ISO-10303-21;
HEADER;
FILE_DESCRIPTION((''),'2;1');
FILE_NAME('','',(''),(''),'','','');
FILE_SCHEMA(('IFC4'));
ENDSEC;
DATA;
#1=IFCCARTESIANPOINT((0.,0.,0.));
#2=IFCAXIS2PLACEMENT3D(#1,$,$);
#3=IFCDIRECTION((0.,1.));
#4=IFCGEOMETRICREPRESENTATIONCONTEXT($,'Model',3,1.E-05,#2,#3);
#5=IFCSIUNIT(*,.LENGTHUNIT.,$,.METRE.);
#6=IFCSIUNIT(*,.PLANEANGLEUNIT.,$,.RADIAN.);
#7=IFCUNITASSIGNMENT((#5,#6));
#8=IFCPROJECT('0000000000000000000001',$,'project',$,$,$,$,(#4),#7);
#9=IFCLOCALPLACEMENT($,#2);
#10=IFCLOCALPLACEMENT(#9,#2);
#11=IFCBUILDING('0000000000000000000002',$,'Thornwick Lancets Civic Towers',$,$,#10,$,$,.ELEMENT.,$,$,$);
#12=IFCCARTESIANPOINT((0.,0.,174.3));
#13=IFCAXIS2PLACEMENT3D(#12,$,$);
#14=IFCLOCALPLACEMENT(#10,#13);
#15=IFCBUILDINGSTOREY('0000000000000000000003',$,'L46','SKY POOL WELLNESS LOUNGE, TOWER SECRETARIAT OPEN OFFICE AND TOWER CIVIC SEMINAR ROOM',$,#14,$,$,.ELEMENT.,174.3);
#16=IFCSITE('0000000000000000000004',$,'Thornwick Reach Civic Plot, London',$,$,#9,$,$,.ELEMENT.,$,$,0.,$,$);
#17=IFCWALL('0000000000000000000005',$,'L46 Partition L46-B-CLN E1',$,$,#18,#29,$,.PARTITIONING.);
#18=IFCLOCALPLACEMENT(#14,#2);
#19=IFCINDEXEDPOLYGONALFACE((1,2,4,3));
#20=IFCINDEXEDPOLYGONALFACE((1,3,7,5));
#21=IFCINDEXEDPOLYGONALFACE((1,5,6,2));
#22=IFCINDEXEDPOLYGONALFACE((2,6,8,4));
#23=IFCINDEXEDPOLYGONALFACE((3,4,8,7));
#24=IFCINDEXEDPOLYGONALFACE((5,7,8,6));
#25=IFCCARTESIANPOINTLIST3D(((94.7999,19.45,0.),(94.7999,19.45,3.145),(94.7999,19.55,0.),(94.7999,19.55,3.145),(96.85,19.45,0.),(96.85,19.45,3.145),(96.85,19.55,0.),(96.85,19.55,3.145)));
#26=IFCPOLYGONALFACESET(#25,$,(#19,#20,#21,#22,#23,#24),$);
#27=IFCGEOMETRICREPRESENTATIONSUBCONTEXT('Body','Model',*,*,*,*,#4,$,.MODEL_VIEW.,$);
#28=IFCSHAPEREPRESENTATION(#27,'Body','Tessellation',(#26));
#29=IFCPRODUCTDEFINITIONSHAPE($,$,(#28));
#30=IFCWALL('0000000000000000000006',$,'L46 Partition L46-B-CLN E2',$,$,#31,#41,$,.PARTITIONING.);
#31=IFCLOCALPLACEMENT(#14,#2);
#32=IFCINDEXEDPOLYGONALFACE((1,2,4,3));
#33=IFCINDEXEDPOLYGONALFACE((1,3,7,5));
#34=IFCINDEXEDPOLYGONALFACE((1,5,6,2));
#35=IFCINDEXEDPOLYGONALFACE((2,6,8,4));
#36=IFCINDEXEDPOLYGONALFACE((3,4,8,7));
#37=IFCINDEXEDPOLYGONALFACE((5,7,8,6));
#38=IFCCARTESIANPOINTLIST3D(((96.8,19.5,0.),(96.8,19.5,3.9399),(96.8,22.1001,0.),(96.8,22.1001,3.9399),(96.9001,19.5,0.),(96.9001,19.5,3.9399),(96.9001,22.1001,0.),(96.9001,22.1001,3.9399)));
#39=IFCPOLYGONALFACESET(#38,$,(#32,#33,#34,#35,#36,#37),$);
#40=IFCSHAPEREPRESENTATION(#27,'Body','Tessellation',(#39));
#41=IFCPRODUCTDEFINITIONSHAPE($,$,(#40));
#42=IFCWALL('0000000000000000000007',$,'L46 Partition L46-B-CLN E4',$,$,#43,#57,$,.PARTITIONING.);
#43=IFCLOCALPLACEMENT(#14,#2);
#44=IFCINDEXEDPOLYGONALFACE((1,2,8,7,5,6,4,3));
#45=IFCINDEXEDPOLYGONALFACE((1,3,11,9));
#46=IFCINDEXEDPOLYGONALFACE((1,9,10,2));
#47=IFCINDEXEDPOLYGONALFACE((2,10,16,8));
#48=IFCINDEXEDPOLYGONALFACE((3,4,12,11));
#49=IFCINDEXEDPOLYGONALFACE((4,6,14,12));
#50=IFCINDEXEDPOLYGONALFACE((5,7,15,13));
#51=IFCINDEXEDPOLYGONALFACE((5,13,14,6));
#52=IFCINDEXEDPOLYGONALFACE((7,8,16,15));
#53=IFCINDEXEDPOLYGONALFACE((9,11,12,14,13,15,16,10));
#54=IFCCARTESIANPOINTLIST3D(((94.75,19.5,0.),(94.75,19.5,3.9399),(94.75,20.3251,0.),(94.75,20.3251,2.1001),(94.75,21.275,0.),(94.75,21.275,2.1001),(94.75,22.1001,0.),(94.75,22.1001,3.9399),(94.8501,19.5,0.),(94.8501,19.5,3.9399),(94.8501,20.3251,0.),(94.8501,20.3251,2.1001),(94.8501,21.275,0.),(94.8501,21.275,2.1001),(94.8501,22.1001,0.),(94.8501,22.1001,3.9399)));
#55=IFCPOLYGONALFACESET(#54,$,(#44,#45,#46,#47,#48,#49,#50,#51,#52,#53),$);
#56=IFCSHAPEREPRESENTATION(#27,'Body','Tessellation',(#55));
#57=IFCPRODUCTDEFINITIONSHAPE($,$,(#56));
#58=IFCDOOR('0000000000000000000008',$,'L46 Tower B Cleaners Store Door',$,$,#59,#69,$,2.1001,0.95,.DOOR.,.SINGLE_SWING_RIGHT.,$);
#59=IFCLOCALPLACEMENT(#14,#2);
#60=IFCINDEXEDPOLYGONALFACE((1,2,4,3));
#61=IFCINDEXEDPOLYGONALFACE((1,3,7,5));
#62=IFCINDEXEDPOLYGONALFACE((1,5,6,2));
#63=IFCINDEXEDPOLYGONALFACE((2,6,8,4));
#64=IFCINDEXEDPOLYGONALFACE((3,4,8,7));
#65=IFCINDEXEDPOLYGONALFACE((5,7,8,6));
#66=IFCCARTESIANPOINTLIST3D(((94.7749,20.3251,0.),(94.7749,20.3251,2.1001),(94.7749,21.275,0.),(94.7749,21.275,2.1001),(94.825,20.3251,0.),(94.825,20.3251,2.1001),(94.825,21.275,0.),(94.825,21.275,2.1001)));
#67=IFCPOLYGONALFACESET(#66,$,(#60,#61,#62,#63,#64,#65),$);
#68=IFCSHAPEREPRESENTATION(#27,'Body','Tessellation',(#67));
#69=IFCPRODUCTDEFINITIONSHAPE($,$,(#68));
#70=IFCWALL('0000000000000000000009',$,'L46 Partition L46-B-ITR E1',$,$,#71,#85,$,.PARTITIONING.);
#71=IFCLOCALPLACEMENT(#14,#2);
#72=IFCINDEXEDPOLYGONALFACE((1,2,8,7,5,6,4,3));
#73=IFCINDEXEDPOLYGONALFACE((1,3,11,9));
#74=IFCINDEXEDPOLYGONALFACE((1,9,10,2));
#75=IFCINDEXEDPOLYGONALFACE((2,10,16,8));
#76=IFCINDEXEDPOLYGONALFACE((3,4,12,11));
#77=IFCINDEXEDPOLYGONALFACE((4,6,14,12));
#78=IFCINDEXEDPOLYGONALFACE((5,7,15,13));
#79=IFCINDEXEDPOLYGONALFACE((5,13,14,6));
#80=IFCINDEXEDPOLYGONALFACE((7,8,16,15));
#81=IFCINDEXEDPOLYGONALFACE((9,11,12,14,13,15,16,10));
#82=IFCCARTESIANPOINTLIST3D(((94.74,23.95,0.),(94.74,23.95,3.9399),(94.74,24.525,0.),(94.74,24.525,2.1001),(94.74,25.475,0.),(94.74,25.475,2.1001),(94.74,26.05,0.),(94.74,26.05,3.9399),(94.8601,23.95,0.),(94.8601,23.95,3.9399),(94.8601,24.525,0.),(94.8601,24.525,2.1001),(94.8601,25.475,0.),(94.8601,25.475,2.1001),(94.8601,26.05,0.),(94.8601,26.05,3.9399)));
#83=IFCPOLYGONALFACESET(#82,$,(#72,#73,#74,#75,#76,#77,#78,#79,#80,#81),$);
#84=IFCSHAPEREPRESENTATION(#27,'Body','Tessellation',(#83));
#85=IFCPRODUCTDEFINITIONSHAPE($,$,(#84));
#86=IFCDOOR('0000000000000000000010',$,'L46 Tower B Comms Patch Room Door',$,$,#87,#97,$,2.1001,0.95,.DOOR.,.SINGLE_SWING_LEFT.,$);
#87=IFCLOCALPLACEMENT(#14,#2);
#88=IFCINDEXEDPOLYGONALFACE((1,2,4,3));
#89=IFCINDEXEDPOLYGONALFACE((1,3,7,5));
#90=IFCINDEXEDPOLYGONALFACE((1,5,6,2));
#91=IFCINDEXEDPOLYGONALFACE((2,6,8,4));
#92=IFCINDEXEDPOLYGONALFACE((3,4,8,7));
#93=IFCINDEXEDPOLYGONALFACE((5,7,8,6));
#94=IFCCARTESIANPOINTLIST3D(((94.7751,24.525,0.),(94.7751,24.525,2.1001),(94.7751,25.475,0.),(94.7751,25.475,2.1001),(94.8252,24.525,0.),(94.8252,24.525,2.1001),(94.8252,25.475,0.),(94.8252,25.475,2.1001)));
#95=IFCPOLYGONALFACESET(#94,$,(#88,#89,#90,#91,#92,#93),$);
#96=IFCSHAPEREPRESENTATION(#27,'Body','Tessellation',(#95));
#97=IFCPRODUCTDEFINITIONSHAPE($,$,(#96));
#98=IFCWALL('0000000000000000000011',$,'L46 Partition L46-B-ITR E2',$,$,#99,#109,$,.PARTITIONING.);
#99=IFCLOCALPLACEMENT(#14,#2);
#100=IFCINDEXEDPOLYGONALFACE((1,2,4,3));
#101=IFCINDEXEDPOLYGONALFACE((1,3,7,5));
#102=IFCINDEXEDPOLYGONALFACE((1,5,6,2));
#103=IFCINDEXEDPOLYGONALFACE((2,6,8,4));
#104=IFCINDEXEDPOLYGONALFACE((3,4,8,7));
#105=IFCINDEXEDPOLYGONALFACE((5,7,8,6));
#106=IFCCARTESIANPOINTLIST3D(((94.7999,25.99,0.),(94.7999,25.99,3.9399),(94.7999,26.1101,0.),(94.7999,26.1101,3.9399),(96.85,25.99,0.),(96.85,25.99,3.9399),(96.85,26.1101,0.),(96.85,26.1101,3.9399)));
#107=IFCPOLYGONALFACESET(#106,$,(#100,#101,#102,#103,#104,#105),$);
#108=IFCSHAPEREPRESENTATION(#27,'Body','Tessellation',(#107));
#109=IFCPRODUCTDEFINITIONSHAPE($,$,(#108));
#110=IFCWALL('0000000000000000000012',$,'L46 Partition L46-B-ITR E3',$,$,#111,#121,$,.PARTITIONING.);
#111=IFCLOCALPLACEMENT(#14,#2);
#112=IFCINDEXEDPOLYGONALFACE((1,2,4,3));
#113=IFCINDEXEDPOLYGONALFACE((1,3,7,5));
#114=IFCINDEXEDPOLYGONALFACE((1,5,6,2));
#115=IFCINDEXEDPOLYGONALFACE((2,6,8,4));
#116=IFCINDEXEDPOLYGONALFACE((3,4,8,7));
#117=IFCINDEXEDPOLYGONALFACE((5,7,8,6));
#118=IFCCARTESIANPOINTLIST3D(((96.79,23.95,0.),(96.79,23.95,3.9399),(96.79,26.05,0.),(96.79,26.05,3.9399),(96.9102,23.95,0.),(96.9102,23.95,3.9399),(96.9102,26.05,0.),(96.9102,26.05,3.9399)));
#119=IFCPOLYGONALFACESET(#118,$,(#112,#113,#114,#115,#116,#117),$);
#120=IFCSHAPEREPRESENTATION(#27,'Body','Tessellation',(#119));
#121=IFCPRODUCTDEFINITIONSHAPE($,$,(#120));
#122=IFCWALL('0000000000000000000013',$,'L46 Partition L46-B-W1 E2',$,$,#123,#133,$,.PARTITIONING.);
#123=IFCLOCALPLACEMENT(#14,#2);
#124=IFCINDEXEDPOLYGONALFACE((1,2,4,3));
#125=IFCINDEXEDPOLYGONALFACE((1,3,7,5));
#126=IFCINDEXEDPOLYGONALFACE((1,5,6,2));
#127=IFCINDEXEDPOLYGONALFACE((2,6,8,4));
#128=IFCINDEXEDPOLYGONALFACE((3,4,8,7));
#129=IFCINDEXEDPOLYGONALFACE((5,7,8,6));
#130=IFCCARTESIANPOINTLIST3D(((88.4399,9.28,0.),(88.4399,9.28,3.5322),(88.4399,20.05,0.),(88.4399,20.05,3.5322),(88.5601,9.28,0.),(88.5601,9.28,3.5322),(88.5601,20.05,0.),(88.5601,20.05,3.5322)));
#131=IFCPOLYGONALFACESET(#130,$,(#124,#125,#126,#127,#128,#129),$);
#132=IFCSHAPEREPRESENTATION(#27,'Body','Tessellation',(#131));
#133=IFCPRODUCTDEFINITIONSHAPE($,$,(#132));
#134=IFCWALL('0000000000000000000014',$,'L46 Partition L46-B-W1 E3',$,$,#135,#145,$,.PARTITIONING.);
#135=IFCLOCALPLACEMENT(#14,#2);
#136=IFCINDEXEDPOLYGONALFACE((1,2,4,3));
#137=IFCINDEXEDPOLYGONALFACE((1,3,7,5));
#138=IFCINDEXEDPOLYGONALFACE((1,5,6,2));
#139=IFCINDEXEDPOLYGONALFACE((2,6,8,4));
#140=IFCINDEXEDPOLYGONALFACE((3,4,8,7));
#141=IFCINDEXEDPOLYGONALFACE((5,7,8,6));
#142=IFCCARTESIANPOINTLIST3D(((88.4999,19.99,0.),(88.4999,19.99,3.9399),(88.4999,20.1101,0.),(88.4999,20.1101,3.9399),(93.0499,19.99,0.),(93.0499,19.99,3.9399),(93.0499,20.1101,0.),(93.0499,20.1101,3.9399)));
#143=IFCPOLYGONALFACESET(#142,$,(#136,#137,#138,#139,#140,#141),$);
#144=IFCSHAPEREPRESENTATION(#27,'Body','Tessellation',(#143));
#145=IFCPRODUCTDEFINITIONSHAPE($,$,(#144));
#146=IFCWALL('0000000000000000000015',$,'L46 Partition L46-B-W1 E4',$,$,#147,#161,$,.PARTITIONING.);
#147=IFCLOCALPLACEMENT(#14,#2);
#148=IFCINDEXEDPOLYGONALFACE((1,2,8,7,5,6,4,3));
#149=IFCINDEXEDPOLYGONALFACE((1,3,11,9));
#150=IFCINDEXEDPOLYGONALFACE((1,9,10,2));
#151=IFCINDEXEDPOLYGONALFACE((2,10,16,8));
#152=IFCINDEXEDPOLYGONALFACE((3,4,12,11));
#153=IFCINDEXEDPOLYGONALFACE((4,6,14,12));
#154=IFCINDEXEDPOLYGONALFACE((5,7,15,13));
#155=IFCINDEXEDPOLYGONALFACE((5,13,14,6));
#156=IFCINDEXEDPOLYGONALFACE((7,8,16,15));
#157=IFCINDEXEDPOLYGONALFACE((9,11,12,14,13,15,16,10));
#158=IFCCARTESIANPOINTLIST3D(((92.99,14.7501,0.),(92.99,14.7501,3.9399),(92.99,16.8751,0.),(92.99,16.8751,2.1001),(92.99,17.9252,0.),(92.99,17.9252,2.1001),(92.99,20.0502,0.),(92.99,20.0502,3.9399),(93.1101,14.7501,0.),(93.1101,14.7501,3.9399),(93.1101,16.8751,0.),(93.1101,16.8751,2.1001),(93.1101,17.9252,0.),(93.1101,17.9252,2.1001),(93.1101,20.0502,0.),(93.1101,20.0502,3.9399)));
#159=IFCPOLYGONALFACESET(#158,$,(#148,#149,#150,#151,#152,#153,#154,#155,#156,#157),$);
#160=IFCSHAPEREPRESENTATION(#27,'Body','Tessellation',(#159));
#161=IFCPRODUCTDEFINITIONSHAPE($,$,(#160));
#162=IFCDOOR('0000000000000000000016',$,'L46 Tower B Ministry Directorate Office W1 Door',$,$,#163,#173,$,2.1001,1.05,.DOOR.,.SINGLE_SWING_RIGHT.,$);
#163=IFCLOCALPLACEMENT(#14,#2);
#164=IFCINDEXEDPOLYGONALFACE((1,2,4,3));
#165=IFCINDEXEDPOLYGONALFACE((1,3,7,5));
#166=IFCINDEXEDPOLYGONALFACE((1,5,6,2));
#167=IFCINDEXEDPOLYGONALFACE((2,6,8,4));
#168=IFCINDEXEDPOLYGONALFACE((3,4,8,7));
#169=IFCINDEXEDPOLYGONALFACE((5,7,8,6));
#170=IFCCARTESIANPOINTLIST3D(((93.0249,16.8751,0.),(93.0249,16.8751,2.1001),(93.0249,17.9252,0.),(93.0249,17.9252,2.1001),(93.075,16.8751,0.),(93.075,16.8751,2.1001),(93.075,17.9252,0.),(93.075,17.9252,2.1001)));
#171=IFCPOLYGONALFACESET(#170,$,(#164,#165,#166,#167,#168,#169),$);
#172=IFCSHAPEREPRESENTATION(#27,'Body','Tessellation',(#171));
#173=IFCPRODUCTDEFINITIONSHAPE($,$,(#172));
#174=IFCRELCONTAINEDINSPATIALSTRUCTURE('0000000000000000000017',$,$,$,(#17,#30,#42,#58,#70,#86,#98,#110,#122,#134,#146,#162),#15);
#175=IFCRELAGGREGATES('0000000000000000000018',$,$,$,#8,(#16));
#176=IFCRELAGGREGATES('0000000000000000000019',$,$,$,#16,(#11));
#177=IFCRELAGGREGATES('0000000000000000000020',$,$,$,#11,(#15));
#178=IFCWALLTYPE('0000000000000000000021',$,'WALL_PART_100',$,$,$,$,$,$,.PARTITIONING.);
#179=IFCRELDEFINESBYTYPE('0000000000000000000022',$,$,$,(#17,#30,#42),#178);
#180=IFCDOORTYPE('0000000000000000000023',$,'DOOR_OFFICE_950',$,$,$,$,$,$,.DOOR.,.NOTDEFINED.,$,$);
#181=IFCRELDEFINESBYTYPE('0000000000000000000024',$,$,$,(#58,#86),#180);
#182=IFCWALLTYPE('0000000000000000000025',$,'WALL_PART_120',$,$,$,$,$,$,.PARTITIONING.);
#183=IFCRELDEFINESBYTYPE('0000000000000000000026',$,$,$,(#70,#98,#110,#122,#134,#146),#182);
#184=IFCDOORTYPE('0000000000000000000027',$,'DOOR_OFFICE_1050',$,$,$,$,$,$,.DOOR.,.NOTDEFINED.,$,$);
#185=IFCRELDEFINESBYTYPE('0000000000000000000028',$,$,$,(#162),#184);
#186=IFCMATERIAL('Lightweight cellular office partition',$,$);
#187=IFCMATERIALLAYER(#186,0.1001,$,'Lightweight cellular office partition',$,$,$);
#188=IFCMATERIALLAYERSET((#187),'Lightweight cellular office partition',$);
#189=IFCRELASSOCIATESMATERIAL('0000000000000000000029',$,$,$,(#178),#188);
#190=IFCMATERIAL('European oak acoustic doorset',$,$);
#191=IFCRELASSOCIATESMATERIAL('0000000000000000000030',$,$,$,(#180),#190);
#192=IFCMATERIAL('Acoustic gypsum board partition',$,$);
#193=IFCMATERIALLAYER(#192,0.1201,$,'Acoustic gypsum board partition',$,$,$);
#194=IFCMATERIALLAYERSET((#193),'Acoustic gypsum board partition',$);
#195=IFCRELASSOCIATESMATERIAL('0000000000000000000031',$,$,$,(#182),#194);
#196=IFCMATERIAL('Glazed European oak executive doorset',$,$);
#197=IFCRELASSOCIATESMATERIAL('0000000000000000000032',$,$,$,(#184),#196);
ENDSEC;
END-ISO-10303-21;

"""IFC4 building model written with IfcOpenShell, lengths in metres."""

from ifc_helpers import new_model, si_unit, direction, frame, frame_2d, origin, place, context, subcontext, project, spatial, rectangle, extrude, material, layer, layer_set, type_object, element, fill, save


model = new_model("IFC4")

# Units and contexts
model_context = context("Model", 3, precision=1e-05, world=origin(), true_north=direction((0.0, 1.0)))
body_context = subcontext(model_context, "Body", "Model", "MODEL_VIEW")
ifc_project = project(units=[si_unit("LENGTHUNIT", "METRE"), si_unit("PLANEANGLEUNIT", "RADIAN")], contexts=[model_context])

# Site, building, storey
site_placement = place(None, origin())
site = spatial("IfcSite", under=ifc_project, at=site_placement, Name="Thornwick Reach Civic Plot, London", CompositionType="ELEMENT", RefElevation=0.0)
building_placement = place(site_placement, origin())
building = spatial("IfcBuilding", under=site, at=building_placement, Name="Thornwick Lancets Civic Towers", CompositionType="ELEMENT")
storey_placement = place(building_placement, frame((0.0, 0.0, 174.3)))
storey = spatial("IfcBuildingStorey", under=building, at=storey_placement, Name="L46", Description="SKY POOL WELLNESS LOUNGE, TOWER SECRETARIAT OPEN OFFICE AND TOWER CIVIC SEMINAR ROOM", CompositionType="ELEMENT", Elevation=174.3)

# Walls
ifc_material_1 = material(Name="Lightweight cellular office partition")
ifc_layer_1 = layer(ifc_material_1, 0.1001, Name="Lightweight cellular office partition")
ifc_layer_set_1 = layer_set([ifc_layer_1], Name="Lightweight cellular office partition")
wall_type_1 = type_object("IfcWallType", Name="WALL_PART_100", PredefinedType="PARTITIONING", material=ifc_layer_set_1)
wall_1_placement = place(storey_placement, frame((94.8, 19.5, 0.0), z_axis=(0.0, 0.0, 1.0), x_axis=(1.0, 0.0, 0.0)))
element("IfcWall", 1, at=wall_1_placement, inside=storey, type_object=wall_type_1, Name="L46 Partition L46-B-CLN E1", PredefinedType="PARTITIONING", context=body_context, shape_type="SweptSolid", body=[
    extrude(rectangle(XDim=2.05, YDim=0.1001, at=frame_2d((1.0249, 0.0))), origin(), (0.0, 0.0, 1.0), 3.145),
])
wall_2_placement = place(storey_placement, frame((96.8501, 19.5, 0.0), z_axis=(0.0, 0.0, 1.0), x_axis=(0.0, 1.0, 0.0)))
element("IfcWall", 2, at=wall_2_placement, inside=storey, type_object=wall_type_1, Name="L46 Partition L46-B-CLN E2", PredefinedType="PARTITIONING", context=body_context, shape_type="SweptSolid", body=[
    extrude(rectangle(XDim=2.6001, YDim=0.1001, at=frame_2d((1.3, 0.0))), origin(), (0.0, 0.0, 1.0), 3.9399),
])

# Walls, openings, doors
wall_3_placement = place(storey_placement, frame((94.8, 22.1001, 0.0), z_axis=(0.0, 0.0, 1.0), x_axis=(0.0, -1.0, 0.0)))
wall_3 = element("IfcWall", 3, at=wall_3_placement, inside=storey, type_object=wall_type_1, Name="L46 Partition L46-B-CLN E4", PredefinedType="PARTITIONING", context=body_context, shape_type="SweptSolid", body=[
    extrude(rectangle(XDim=2.6001, YDim=0.1001, at=frame_2d((1.3, 0.0))), origin(), (0.0, 0.0, 1.0), 3.9399),
])
opening_1_placement = place(wall_3_placement, frame((0.825, 0.0, 0.0)))
opening_1 = element("IfcOpeningElement", 4, at=opening_1_placement, cuts=wall_3, PredefinedType="OPENING", context=body_context, shape_type="SweptSolid", body=[
    extrude(rectangle(XDim=0.95, YDim=2.1001, at=frame_2d((0.4751, 1.05))), frame((0.0, 0.0601, 0.0), z_axis=(0.0, -1.0, 0.0), x_axis=(1.0, 0.0, 0.0)), (0.0, 0.0, 1.0), 0.1201),
])
ifc_material_2 = material(Name="European oak acoustic doorset")
door_type_1 = type_object("IfcDoorType", Name="DOOR_OFFICE_950", OperationType="NOTDEFINED", PredefinedType="DOOR", material=ifc_material_2)
door_1_placement = place(opening_1_placement, origin())
door_1 = element("IfcDoor", 5, at=door_1_placement, inside=storey, type_object=door_type_1, Name="L46 Tower B Cleaners Store Door", OperationType="SINGLE_SWING_RIGHT", OverallHeight=2.1001, OverallWidth=0.95, PredefinedType="DOOR", context=body_context, shape_type="SweptSolid", body=[
    extrude(rectangle(XDim=0.95, YDim=2.1001, at=frame_2d((0.4751, 1.05))), frame((0.0, 0.0249, 0.0), z_axis=(0.0, -1.0, 0.0), x_axis=(1.0, 0.0, 0.0)), (0.0, 0.0, 1.0), 0.05),
])
fill(opening_1, door_1)
ifc_material_3 = material(Name="Acoustic gypsum board partition")
ifc_layer_2 = layer(ifc_material_3, 0.1201, Name="Acoustic gypsum board partition")
ifc_layer_set_2 = layer_set([ifc_layer_2], Name="Acoustic gypsum board partition")
wall_type_2 = type_object("IfcWallType", Name="WALL_PART_120", PredefinedType="PARTITIONING", material=ifc_layer_set_2)
wall_4_placement = place(storey_placement, frame((94.8, 23.95, 0.0), z_axis=(0.0, 0.0, 1.0), x_axis=(0.0, 1.0, 0.0)))
wall_4 = element("IfcWall", 6, at=wall_4_placement, inside=storey, type_object=wall_type_2, Name="L46 Partition L46-B-ITR E1", PredefinedType="PARTITIONING", context=body_context, shape_type="SweptSolid", body=[
    extrude(rectangle(XDim=2.1001, YDim=0.1201, at=frame_2d((1.05, 0.0))), origin(), (0.0, 0.0, 1.0), 3.9399),
])
opening_2_placement = place(wall_4_placement, frame((0.575, 0.0, 0.0)))
opening_2 = element("IfcOpeningElement", 7, at=opening_2_placement, cuts=wall_4, PredefinedType="OPENING", context=body_context, shape_type="SweptSolid", body=[
    extrude(rectangle(XDim=0.95, YDim=2.1001, at=frame_2d((0.4751, 1.05))), frame((0.0, 0.0701, 0.0), z_axis=(0.0, -1.0, 0.0), x_axis=(1.0, 0.0, 0.0)), (0.0, 0.0, 1.0), 0.1401),
])
door_2_placement = place(opening_2_placement, origin())
door_2 = element("IfcDoor", 8, at=door_2_placement, inside=storey, type_object=door_type_1, Name="L46 Tower B Comms Patch Room Door", OperationType="SINGLE_SWING_LEFT", OverallHeight=2.1001, OverallWidth=0.95, PredefinedType="DOOR", context=body_context, shape_type="SweptSolid", body=[
    extrude(rectangle(XDim=0.95, YDim=2.1001, at=frame_2d((0.4751, 1.05))), frame((0.0, 0.0249, 0.0), z_axis=(0.0, -1.0, 0.0), x_axis=(1.0, 0.0, 0.0)), (0.0, 0.0, 1.0), 0.05),
])
fill(opening_2, door_2)

# Walls
wall_5_placement = place(storey_placement, frame((94.8, 26.05, 0.0), z_axis=(0.0, 0.0, 1.0), x_axis=(1.0, 0.0, 0.0)))
element("IfcWall", 9, at=wall_5_placement, inside=storey, type_object=wall_type_2, Name="L46 Partition L46-B-ITR E2", PredefinedType="PARTITIONING", context=body_context, shape_type="SweptSolid", body=[
    extrude(rectangle(XDim=2.05, YDim=0.1201, at=frame_2d((1.0249, 0.0))), origin(), (0.0, 0.0, 1.0), 3.9399),
])
wall_6_placement = place(storey_placement, frame((96.8501, 26.05, 0.0), z_axis=(0.0, 0.0, 1.0), x_axis=(0.0, -1.0, 0.0)))
element("IfcWall", 10, at=wall_6_placement, inside=storey, type_object=wall_type_2, Name="L46 Partition L46-B-ITR E3", PredefinedType="PARTITIONING", context=body_context, shape_type="SweptSolid", body=[
    extrude(rectangle(XDim=2.1001, YDim=0.1201, at=frame_2d((1.05, 0.0))), origin(), (0.0, 0.0, 1.0), 3.9399),
])
wall_7_placement = place(storey_placement, frame((88.5, 9.28, 0.0), z_axis=(0.0, 0.0, 1.0), x_axis=(0.0, 1.0, 0.0)))
element("IfcWall", 11, at=wall_7_placement, inside=storey, type_object=wall_type_2, Name="L46 Partition L46-B-W1 E2", PredefinedType="PARTITIONING", context=body_context, shape_type="SweptSolid", body=[
    extrude(rectangle(XDim=10.77, YDim=0.1201, at=frame_2d((5.385, 0.0))), origin(), (0.0, 0.0, 1.0), 3.5322),
])
wall_8_placement = place(storey_placement, frame((88.5, 20.05, 0.0), z_axis=(0.0, 0.0, 1.0), x_axis=(1.0, 0.0, 0.0)))
element("IfcWall", 12, at=wall_8_placement, inside=storey, type_object=wall_type_2, Name="L46 Partition L46-B-W1 E3", PredefinedType="PARTITIONING", context=body_context, shape_type="SweptSolid", body=[
    extrude(rectangle(XDim=4.55, YDim=0.1201, at=frame_2d((2.2749, 0.0))), origin(), (0.0, 0.0, 1.0), 3.9399),
])

# Wall, opening, door
wall_9_placement = place(storey_placement, frame((93.05, 20.05, 0.0), z_axis=(0.0, 0.0, 1.0), x_axis=(0.0, -1.0, 0.0)))
wall_9 = element("IfcWall", 13, at=wall_9_placement, inside=storey, type_object=wall_type_2, Name="L46 Partition L46-B-W1 E4", PredefinedType="PARTITIONING", context=body_context, shape_type="SweptSolid", body=[
    extrude(rectangle(XDim=5.3, YDim=0.1201, at=frame_2d((2.6499, 0.0))), origin(), (0.0, 0.0, 1.0), 3.9399),
])
opening_3_placement = place(wall_9_placement, frame((2.125, 0.0, 0.0)))
opening_3 = element("IfcOpeningElement", 14, at=opening_3_placement, cuts=wall_9, PredefinedType="OPENING", context=body_context, shape_type="SweptSolid", body=[
    extrude(rectangle(XDim=1.05, YDim=2.1001, at=frame_2d((0.5249, 1.05))), frame((0.0, 0.0701, 0.0), z_axis=(0.0, -1.0, 0.0), x_axis=(1.0, 0.0, 0.0)), (0.0, 0.0, 1.0), 0.1401),
])
ifc_material_4 = material(Name="Glazed European oak executive doorset")
door_type_2 = type_object("IfcDoorType", Name="DOOR_OFFICE_1050", OperationType="NOTDEFINED", PredefinedType="DOOR", material=ifc_material_4)
door_3_placement = place(opening_3_placement, origin())
door_3 = element("IfcDoor", 15, at=door_3_placement, inside=storey, type_object=door_type_2, Name="L46 Tower B Ministry Directorate Office W1 Door", OperationType="SINGLE_SWING_RIGHT", OverallHeight=2.1001, OverallWidth=1.05, PredefinedType="DOOR", context=body_context, shape_type="SweptSolid", body=[
    extrude(rectangle(XDim=1.05, YDim=2.1001, at=frame_2d((0.5249, 1.05))), frame((0.0, 0.0249, 0.0), z_axis=(0.0, -1.0, 0.0), x_axis=(1.0, 0.0, 0.0)), (0.0, 0.0, 1.0), 0.05),
])
fill(opening_3, door_3)

save(model, "model.ifc")
